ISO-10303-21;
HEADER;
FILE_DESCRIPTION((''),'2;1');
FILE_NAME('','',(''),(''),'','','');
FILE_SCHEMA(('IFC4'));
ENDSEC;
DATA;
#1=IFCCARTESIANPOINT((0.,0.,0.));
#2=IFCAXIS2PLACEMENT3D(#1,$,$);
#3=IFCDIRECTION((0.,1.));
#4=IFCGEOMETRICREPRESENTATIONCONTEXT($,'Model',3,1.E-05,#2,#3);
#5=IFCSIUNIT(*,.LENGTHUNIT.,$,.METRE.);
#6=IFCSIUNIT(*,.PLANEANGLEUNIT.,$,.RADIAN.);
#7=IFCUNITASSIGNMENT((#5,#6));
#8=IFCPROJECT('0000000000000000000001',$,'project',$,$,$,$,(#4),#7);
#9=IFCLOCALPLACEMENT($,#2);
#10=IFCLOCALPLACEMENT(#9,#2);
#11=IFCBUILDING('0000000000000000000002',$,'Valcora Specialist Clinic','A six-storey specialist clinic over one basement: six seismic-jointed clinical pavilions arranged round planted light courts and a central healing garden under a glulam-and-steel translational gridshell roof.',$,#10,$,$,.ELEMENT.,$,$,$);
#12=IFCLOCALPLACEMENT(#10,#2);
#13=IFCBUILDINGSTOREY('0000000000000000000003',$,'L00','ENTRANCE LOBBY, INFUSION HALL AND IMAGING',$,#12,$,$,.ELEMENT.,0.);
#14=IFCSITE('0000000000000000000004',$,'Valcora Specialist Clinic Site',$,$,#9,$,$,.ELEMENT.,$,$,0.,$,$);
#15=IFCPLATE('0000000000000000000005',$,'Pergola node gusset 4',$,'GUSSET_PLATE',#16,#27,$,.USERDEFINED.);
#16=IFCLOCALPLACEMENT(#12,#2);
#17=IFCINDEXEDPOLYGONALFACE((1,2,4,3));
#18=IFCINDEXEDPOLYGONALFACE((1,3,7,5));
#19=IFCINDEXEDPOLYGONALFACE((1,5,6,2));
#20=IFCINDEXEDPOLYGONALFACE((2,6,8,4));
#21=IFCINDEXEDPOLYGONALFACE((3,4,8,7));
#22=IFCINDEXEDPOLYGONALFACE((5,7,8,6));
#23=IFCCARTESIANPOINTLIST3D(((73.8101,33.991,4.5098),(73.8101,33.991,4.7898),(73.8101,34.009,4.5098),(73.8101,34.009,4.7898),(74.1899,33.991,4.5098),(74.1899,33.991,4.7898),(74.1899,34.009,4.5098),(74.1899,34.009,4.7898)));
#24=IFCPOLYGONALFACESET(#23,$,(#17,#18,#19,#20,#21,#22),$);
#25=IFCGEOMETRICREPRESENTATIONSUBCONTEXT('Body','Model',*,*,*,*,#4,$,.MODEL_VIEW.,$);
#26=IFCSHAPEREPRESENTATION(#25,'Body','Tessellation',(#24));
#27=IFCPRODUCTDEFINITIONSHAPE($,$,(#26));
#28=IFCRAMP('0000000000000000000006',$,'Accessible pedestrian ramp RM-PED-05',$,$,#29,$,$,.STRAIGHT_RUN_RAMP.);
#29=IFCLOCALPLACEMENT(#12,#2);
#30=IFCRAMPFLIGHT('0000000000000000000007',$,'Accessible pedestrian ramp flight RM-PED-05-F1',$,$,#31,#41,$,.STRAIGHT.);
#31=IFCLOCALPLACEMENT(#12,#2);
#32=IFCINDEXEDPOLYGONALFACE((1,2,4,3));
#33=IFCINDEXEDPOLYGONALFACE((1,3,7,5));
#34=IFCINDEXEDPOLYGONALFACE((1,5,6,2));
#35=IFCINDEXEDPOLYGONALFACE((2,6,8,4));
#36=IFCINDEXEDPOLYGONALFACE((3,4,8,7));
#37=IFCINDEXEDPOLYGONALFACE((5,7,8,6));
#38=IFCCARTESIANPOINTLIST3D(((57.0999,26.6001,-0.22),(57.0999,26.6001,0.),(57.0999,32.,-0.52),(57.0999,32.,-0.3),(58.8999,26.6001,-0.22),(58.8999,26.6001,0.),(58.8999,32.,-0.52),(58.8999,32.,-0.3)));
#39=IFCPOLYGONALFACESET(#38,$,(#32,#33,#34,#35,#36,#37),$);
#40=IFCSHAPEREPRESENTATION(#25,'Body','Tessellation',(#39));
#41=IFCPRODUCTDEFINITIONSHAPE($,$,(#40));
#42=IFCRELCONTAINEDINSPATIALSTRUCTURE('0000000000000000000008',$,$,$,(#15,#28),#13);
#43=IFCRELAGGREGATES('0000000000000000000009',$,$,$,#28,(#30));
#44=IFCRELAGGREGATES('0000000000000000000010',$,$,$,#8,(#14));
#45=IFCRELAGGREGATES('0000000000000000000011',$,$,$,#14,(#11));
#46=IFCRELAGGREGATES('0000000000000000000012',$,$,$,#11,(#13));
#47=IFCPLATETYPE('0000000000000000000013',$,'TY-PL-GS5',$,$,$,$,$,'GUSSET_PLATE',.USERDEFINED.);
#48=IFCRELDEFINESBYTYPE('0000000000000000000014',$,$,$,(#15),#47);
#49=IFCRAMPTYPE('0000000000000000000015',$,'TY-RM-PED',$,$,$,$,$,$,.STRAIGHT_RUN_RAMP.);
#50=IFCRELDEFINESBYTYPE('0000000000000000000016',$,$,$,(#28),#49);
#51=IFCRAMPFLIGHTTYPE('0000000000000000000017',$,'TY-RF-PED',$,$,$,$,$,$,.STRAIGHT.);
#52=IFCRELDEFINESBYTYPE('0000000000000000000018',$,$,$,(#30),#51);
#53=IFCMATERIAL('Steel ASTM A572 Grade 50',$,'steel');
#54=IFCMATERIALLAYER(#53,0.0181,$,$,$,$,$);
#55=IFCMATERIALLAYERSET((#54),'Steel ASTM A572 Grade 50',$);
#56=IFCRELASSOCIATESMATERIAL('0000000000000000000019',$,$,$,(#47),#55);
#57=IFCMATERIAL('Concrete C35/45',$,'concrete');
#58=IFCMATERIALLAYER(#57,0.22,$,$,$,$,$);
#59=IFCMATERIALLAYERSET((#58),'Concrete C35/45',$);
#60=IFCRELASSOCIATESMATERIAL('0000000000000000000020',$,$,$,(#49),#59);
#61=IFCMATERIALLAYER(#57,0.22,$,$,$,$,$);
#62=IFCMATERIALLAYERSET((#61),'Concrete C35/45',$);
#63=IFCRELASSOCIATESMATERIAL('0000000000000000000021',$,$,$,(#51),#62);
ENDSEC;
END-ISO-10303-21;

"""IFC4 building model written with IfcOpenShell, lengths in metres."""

from ifc_helpers import new_model, si_unit, direction, frame, origin, origin_2d, place, context, subcontext, project, spatial, polyline, rectangle, outline, extrude, material, layer, layer_set, type_object, element, aggregate, save


model = new_model("IFC4")

# Units and contexts
model_context = context("Model", 3, precision=1e-05, world=origin(), true_north=direction((0.0, 1.0)))
body_context = subcontext(model_context, "Body", "Model", "MODEL_VIEW")
ifc_project = project(units=[si_unit("LENGTHUNIT", "METRE"), si_unit("PLANEANGLEUNIT", "RADIAN")], contexts=[model_context])

# Site, building, storey
site_placement = place(None, origin())
site = spatial("IfcSite", under=ifc_project, at=site_placement, Name="Valcora Specialist Clinic Site", CompositionType="ELEMENT", RefElevation=0.0)
building_placement = place(site_placement, origin())
building = spatial("IfcBuilding", under=site, at=building_placement, Name="Valcora Specialist Clinic", Description="A six-storey specialist clinic over one basement: six seismic-jointed clinical pavilions arranged round planted light courts and a central healing garden under a glulam-and-steel translational gridshell roof.", CompositionType="ELEMENT")
storey_placement = place(building_placement, origin())
storey = spatial("IfcBuildingStorey", under=building, at=storey_placement, Name="L00", Description="ENTRANCE LOBBY, INFUSION HALL AND IMAGING", CompositionType="ELEMENT", Elevation=0.0)

# Plate
ifc_material_1 = material(Name="Steel ASTM A572 Grade 50", Category="steel")
ifc_layer_1 = layer(ifc_material_1, 0.0181)
ifc_layer_set_1 = layer_set([ifc_layer_1], Name="Steel ASTM A572 Grade 50")
plate_type_1 = type_object("IfcPlateType", Name="TY-PL-GS5", ElementType="GUSSET_PLATE", PredefinedType="USERDEFINED", material=ifc_layer_set_1)
plate_1_placement = place(storey_placement, frame((74.0, 34.0, 4.5098), z_axis=(0.0, 0.0, 1.0), x_axis=(1.0, 0.0, 0.0)))
element("IfcPlate", 1, at=plate_1_placement, inside=storey, type_object=plate_type_1, Name="Pergola node gusset 4", ObjectType="GUSSET_PLATE", PredefinedType="USERDEFINED", context=body_context, shape_type="SweptSolid", body=[
    extrude(rectangle(XDim=0.3799, YDim=0.0181, at=origin_2d()), origin(), (0.0, 0.0, 1.0), 0.28),
])

# Ramp, ramp flight
ifc_material_2 = material(Name="Concrete C35/45", Category="concrete")
ifc_layer_2 = layer(ifc_material_2, 0.22)
ifc_layer_set_2 = layer_set([ifc_layer_2], Name="Concrete C35/45")
ramp_type = type_object("IfcRampType", Name="TY-RM-PED", PredefinedType="STRAIGHT_RUN_RAMP", material=ifc_layer_set_2)
ramp_placement = place(storey_placement, origin())
ramp = element("IfcRamp", 2, at=ramp_placement, inside=storey, type_object=ramp_type, Name="Accessible pedestrian ramp RM-PED-05", PredefinedType="STRAIGHT_RUN_RAMP")
ifc_layer_3 = layer(ifc_material_2, 0.22)
ifc_layer_set_3 = layer_set([ifc_layer_3], Name="Concrete C35/45")
ramp_flight_type = type_object("IfcRampFlightType", Name="TY-RF-PED", PredefinedType="STRAIGHT", material=ifc_layer_set_3)
ramp_flight_placement = place(storey_placement, frame((58.0, 32.0, -0.3), z_axis=(0.0, 0.0, 1.0), x_axis=(0.0, -1.0, 0.0)))
ramp_flight = element("IfcRampFlight", 3, at=ramp_flight_placement, type_object=ramp_flight_type, Name="Accessible pedestrian ramp flight RM-PED-05-F1", PredefinedType="STRAIGHT", context=body_context, shape_type="SweptSolid", body=[
    extrude(outline(polyline([(0.0, 0.0), (5.3999, 0.3), (5.3999, 0.0801), (0.0, -0.22), (0.0, 0.0)])), frame((0.0, 0.8999, 0.0), z_axis=(0.0, -1.0, 0.0), x_axis=(1.0, 0.0, 0.0)), (0.0, 0.0, 1.0), 1.8),
])
aggregate(ramp, [ramp_flight])

save(model, "model.ifc")
